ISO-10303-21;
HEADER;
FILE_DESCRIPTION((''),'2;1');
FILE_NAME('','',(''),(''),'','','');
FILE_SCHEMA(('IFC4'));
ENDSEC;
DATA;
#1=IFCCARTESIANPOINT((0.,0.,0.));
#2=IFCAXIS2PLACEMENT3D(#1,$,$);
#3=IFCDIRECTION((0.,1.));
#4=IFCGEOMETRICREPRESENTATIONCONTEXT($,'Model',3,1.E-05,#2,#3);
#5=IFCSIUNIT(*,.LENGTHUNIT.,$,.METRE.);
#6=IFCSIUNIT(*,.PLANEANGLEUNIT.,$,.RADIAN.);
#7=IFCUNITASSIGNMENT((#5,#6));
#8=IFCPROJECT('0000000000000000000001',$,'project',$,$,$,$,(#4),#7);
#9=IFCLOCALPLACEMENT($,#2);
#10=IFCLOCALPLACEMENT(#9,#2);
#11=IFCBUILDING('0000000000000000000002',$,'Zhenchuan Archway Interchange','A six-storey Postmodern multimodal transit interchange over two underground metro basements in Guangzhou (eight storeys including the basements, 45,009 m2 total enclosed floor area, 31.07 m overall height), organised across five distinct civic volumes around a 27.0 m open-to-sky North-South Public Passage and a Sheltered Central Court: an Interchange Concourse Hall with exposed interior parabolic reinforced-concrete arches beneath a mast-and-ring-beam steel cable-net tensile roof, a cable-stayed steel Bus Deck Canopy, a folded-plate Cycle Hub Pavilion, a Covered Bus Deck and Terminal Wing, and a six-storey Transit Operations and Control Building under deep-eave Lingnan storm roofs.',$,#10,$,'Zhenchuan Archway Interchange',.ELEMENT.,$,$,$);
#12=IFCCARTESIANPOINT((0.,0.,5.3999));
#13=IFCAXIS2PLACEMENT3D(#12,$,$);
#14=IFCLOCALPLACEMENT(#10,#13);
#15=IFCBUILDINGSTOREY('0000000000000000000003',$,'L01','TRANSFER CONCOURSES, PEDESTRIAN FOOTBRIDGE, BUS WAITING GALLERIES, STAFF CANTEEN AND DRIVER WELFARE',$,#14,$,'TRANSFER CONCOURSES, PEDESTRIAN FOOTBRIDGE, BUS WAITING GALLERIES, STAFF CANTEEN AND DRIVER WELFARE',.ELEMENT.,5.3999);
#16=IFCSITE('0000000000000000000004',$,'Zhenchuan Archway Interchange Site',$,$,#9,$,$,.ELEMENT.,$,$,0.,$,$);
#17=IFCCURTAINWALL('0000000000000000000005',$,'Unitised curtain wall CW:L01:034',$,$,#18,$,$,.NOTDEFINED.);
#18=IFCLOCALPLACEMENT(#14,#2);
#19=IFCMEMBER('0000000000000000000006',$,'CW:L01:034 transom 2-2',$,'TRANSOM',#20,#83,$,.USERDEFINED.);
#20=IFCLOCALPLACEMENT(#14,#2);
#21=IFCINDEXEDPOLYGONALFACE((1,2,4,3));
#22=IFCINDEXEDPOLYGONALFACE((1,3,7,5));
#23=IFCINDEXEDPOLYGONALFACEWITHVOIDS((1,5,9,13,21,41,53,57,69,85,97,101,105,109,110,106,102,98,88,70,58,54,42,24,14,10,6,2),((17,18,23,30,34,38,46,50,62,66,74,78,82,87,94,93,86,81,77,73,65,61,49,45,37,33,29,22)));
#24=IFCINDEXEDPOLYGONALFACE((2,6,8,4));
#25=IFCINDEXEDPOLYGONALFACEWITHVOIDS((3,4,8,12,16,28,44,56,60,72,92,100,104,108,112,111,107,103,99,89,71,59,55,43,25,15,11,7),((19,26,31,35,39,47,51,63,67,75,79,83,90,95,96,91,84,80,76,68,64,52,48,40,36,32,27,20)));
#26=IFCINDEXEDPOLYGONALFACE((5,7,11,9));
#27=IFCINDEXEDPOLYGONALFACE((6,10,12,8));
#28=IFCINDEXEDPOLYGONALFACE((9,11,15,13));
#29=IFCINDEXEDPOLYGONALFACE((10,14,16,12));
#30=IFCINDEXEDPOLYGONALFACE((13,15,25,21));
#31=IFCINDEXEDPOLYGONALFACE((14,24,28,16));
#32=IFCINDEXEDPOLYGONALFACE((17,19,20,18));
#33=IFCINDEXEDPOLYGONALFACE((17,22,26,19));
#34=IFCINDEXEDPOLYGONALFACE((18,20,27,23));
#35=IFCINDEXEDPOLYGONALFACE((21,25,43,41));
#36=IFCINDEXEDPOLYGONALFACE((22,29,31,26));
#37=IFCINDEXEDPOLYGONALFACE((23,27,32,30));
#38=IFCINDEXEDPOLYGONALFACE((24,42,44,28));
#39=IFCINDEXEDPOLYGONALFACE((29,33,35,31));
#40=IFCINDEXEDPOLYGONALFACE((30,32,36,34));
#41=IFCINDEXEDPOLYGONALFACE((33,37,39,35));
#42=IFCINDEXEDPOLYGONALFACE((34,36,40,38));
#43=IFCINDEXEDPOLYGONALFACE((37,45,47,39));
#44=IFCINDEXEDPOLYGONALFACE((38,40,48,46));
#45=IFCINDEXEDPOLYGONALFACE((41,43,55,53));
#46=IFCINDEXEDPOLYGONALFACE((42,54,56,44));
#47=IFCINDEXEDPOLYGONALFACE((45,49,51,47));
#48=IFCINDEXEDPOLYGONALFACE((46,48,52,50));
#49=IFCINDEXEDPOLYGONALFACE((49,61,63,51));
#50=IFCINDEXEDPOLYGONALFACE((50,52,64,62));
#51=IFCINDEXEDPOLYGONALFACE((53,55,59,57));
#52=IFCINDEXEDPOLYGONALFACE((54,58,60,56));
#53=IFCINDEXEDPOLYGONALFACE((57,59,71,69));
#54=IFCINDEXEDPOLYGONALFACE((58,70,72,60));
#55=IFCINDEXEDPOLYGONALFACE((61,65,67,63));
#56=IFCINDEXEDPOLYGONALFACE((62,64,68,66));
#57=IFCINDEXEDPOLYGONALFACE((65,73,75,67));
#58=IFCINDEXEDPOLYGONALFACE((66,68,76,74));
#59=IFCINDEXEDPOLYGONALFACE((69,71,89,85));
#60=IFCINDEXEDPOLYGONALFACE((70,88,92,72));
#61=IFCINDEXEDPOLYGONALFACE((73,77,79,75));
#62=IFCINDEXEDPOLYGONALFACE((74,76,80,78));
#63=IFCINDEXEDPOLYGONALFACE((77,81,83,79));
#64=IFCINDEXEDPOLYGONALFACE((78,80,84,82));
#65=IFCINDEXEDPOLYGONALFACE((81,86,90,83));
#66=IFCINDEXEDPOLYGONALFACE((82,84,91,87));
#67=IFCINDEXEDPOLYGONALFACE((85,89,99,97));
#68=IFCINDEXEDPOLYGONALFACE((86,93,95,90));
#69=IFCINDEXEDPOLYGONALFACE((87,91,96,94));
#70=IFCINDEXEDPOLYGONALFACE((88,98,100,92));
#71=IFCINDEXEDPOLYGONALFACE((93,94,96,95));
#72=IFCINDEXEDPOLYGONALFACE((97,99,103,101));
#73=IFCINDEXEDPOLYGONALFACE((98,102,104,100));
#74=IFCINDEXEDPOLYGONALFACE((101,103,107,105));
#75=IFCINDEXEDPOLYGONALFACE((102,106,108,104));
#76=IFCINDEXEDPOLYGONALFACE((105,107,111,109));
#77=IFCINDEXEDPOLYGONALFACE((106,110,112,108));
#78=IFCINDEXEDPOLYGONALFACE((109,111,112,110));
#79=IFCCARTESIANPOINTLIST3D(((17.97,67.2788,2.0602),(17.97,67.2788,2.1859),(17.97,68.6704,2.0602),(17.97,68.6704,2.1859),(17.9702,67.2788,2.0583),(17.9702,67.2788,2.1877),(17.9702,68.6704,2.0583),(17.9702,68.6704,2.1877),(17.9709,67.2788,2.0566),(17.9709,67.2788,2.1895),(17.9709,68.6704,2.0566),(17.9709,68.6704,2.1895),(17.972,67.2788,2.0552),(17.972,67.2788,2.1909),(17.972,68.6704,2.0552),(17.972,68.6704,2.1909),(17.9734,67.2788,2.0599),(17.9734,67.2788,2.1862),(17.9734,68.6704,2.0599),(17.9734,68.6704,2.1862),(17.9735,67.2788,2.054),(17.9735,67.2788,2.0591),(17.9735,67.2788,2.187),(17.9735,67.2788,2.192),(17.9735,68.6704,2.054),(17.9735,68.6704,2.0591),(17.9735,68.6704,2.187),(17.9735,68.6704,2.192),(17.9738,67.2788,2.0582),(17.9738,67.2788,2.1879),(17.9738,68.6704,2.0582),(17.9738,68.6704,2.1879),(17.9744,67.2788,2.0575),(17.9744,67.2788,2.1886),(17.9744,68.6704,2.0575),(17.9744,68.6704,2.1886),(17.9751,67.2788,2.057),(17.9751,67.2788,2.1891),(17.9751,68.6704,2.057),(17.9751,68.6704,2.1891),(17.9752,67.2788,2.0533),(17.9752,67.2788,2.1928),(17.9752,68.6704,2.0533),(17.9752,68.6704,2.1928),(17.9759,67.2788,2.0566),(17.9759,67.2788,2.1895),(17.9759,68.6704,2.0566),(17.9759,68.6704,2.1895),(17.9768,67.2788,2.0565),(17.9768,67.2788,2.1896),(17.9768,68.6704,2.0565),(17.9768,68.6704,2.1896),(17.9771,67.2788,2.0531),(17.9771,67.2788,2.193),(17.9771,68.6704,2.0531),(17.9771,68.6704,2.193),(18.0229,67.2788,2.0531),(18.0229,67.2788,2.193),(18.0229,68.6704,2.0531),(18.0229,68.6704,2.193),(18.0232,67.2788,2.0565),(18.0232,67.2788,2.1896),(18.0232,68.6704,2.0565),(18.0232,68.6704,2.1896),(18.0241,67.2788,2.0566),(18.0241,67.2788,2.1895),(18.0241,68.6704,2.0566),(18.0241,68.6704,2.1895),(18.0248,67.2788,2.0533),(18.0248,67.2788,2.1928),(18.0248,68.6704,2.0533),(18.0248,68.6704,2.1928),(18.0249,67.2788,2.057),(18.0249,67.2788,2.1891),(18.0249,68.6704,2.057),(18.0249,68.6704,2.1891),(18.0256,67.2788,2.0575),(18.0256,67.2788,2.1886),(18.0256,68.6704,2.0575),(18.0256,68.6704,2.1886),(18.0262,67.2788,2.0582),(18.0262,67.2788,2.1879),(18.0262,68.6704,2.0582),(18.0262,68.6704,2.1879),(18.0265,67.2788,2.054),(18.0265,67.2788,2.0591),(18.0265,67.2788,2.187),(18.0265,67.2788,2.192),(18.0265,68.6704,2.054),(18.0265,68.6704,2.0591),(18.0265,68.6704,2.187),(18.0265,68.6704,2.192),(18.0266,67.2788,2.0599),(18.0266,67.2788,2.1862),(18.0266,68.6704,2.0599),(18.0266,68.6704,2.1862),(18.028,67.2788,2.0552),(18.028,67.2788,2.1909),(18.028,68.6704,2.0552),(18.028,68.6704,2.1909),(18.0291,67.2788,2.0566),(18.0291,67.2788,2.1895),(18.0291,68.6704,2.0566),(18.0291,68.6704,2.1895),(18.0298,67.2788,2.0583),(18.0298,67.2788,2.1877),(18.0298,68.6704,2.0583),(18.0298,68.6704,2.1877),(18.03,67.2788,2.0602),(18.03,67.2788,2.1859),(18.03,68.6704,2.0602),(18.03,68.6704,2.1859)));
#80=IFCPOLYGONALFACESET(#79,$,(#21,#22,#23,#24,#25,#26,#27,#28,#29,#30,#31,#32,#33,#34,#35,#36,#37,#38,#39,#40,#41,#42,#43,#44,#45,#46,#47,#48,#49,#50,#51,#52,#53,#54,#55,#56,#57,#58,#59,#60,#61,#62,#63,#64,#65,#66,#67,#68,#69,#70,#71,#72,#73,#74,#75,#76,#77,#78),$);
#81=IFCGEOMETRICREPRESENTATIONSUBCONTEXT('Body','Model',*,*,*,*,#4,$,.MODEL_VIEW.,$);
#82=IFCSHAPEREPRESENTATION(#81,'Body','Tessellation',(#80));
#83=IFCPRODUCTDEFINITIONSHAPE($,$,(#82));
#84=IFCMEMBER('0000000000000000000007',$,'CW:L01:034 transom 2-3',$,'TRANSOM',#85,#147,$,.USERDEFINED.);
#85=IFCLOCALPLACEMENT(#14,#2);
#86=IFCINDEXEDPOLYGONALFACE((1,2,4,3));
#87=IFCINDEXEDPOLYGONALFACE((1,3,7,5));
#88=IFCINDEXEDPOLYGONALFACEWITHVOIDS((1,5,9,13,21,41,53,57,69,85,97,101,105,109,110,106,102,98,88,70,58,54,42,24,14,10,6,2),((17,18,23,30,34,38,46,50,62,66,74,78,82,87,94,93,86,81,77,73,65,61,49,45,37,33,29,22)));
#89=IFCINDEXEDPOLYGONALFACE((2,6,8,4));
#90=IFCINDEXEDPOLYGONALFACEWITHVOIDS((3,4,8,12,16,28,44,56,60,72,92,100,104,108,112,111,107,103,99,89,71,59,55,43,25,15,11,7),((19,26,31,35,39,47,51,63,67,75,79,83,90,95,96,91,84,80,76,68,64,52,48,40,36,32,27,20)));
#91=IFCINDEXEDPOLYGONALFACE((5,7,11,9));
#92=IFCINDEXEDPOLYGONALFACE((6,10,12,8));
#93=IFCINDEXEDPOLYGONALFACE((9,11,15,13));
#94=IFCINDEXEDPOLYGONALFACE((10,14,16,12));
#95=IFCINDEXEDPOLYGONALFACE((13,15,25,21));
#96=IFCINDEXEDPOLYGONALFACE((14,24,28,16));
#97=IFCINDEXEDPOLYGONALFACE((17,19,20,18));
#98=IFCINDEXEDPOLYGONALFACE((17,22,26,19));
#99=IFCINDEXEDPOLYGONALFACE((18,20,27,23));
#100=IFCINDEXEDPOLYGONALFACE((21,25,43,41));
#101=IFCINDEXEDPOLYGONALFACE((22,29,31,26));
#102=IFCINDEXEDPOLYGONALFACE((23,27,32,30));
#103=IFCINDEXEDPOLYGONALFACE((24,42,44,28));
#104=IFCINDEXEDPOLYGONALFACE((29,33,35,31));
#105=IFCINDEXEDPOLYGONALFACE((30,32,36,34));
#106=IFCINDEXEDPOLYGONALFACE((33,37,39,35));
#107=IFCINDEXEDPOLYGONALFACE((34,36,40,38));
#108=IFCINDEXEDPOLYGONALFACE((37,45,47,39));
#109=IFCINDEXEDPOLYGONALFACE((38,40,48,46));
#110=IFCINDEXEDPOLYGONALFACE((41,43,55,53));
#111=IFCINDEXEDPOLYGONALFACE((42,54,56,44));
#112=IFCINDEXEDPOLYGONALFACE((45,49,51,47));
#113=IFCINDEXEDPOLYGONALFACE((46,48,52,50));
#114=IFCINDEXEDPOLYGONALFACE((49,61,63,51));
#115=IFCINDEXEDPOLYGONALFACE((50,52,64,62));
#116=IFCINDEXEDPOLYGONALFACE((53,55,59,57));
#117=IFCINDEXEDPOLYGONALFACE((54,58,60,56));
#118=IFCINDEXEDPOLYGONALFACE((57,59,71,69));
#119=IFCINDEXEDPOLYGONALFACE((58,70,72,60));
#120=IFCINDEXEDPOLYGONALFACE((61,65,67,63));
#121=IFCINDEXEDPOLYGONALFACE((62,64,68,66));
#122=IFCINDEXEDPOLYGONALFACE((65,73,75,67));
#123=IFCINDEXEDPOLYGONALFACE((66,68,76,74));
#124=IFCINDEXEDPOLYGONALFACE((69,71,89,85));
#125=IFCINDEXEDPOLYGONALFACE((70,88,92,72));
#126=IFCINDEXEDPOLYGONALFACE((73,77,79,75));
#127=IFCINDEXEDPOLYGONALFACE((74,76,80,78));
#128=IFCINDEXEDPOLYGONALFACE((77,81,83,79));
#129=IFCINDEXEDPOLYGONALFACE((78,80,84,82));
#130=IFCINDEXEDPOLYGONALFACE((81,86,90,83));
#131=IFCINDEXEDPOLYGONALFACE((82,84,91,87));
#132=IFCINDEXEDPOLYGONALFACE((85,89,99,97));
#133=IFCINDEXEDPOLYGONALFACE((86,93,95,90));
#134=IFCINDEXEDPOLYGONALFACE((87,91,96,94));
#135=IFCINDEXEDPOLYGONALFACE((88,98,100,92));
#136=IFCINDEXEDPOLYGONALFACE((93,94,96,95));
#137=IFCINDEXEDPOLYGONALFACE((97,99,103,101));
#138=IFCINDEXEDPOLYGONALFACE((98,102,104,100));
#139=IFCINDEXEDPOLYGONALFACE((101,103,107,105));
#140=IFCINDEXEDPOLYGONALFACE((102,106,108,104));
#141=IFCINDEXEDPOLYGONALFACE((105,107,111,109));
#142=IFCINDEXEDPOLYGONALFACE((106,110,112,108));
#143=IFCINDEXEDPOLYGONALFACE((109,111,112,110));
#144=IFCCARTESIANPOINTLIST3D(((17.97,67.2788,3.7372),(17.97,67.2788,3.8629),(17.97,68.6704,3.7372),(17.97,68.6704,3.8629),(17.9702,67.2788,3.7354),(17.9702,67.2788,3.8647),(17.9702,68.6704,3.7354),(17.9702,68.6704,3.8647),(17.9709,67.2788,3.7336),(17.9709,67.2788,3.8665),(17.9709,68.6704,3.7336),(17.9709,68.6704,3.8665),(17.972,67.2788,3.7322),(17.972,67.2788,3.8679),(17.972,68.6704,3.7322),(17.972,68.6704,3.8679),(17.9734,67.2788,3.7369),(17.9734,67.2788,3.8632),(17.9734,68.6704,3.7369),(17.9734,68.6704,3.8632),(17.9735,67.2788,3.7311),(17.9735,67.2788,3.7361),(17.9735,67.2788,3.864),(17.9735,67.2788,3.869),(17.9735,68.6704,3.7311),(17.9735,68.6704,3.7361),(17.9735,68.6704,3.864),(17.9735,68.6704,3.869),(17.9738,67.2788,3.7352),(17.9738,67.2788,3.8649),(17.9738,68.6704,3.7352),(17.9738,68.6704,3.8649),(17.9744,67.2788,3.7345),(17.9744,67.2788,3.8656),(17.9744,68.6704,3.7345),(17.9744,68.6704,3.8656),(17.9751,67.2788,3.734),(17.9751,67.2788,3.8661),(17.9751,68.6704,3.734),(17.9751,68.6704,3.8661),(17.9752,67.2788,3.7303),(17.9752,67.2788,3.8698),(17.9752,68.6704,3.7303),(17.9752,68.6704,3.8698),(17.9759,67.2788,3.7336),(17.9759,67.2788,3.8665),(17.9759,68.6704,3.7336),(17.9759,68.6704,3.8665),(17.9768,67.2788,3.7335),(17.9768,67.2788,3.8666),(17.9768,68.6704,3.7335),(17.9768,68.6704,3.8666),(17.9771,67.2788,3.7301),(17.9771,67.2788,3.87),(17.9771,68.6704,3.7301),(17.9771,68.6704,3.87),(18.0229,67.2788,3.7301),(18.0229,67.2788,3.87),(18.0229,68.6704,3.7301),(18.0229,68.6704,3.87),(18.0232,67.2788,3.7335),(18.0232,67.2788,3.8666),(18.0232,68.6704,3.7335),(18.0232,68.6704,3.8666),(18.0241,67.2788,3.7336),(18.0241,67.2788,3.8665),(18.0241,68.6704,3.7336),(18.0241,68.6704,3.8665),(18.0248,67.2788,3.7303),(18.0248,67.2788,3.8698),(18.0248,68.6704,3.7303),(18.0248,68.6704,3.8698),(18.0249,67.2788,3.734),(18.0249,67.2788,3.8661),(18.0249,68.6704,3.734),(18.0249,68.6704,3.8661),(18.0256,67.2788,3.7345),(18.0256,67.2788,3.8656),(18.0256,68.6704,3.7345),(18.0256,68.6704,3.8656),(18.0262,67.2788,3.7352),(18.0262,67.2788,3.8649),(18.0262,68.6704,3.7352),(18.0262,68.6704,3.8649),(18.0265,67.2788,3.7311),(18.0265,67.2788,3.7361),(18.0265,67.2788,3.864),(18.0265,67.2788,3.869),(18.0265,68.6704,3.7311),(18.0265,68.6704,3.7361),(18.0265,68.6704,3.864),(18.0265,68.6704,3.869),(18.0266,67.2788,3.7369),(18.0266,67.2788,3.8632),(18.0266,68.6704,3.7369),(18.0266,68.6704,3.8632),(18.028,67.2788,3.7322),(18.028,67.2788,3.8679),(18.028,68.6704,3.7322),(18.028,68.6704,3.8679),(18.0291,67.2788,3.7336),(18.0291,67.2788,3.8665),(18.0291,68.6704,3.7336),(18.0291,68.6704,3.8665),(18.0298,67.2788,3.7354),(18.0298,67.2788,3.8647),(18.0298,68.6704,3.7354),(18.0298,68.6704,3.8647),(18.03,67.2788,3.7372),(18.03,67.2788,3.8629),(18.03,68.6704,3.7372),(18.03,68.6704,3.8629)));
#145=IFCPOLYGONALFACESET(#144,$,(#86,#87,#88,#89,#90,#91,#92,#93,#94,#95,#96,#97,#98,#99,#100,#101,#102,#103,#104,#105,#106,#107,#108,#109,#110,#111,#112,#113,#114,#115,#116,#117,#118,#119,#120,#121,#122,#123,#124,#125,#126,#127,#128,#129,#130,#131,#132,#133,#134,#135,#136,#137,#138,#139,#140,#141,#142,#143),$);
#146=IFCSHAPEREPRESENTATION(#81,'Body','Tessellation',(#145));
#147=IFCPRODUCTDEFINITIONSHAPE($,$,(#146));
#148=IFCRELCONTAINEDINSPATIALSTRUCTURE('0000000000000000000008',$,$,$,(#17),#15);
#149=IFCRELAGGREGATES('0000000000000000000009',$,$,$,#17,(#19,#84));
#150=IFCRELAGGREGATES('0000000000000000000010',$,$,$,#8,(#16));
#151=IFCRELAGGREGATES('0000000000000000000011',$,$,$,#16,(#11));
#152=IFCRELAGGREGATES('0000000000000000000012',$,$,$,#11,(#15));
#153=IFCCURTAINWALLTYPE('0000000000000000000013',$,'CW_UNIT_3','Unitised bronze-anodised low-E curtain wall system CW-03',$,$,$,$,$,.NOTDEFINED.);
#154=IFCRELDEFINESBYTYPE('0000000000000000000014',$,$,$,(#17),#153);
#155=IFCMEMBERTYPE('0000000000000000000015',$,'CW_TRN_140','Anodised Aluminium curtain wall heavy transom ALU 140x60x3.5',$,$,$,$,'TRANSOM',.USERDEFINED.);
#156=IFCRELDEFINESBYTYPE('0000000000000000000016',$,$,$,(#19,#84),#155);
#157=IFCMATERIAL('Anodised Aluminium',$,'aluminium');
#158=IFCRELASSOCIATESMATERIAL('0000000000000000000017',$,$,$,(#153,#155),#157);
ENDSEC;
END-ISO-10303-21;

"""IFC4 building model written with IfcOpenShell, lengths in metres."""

from ifc_helpers import new_model, si_unit, direction, frame, origin, origin_2d, place, context, subcontext, project, spatial, hollow_rectangle, extrude, material, material_profile, profile_set, type_object, element, aggregate, save


model = new_model("IFC4")

# Units and contexts
model_context = context("Model", 3, precision=1e-05, world=origin(), true_north=direction((0.0, 1.0)))
body_context = subcontext(model_context, "Body", "Model", "MODEL_VIEW")
ifc_project = project(units=[si_unit("LENGTHUNIT", "METRE"), si_unit("PLANEANGLEUNIT", "RADIAN")], contexts=[model_context])

# Site, building, storey
site_placement = place(None, origin())
site = spatial("IfcSite", under=ifc_project, at=site_placement, Name="Zhenchuan Archway Interchange Site", CompositionType="ELEMENT", RefElevation=0.0)
building_placement = place(site_placement, origin())
building = spatial("IfcBuilding", under=site, at=building_placement, Name="Zhenchuan Archway Interchange", Description="A six-storey Postmodern multimodal transit interchange over two underground metro basements in Guangzhou (eight storeys including the basements, 45,009 m2 total enclosed floor area, 31.07 m overall height), organised across five distinct civic volumes around a 27.0 m open-to-sky North-South Public Passage and a Sheltered Central Court: an Interchange Concourse Hall with exposed interior parabolic reinforced-concrete arches beneath a mast-and-ring-beam steel cable-net tensile roof, a cable-stayed steel Bus Deck Canopy, a folded-plate Cycle Hub Pavilion, a Covered Bus Deck and Terminal Wing, and a six-storey Transit Operations and Control Building under deep-eave Lingnan storm roofs.", LongName="Zhenchuan Archway Interchange", CompositionType="ELEMENT")
storey_placement = place(building_placement, frame((0.0, 0.0, 5.3999)))
storey = spatial("IfcBuildingStorey", under=building, at=storey_placement, Name="L01", Description="TRANSFER CONCOURSES, PEDESTRIAN FOOTBRIDGE, BUS WAITING GALLERIES, STAFF CANTEEN AND DRIVER WELFARE", LongName="TRANSFER CONCOURSES, PEDESTRIAN FOOTBRIDGE, BUS WAITING GALLERIES, STAFF CANTEEN AND DRIVER WELFARE", CompositionType="ELEMENT", Elevation=5.3999)

# Curtain wall
ifc_material_1 = material(Name="Anodised Aluminium", Category="aluminium")
curtain_wall_type_1 = type_object("IfcCurtainWallType", Name="CW_UNIT_3", Description="Unitised bronze-anodised low-E curtain wall system CW-03", PredefinedType="NOTDEFINED", material=ifc_material_1)
curtain_wall_1_placement = place(storey_placement, origin())
curtain_wall_1 = element("IfcCurtainWall", 1, at=curtain_wall_1_placement, inside=storey, type_object=curtain_wall_type_1, Name="Unitised curtain wall CW:L01:034", PredefinedType="NOTDEFINED")

# Members
ifc_material_profile_1 = material_profile(ifc_material_1, hollow_rectangle(XDim=0.0601, YDim=0.1399, WallThickness=0.0034, InnerFilletRadius=0.0034, OuterFilletRadius=0.0071, at=origin_2d()), Name="ALU 140x60x3.5")
ifc_profile_set_1 = profile_set([ifc_material_profile_1], Name="Anodised Aluminium")
member_type_1 = type_object("IfcMemberType", Name="CW_TRN_140", Description="Anodised Aluminium curtain wall heavy transom ALU 140x60x3.5", ElementType="TRANSOM", PredefinedType="USERDEFINED", material=ifc_profile_set_1)
member_1_placement = place(storey_placement, frame((18.0, 67.2788, 2.123), z_axis=(0.0, 1.0, 0.0), x_axis=(-1.0, 0.0, 0.0)))
member_1 = element("IfcMember", 2, at=member_1_placement, type_object=member_type_1, Name="CW:L01:034 transom 2-2", ObjectType="TRANSOM", PredefinedType="USERDEFINED", context=body_context, shape_type="SweptSolid", body=[
    extrude(hollow_rectangle(XDim=0.0601, YDim=0.1399, WallThickness=0.0034, InnerFilletRadius=0.0034, OuterFilletRadius=0.0071, at=origin_2d()), origin(), (0.0, 0.0, 1.0), 1.3916),
])
member_2_placement = place(storey_placement, frame((18.0, 67.2788, 3.8), z_axis=(0.0, 1.0, 0.0), x_axis=(-1.0, 0.0, 0.0)))
member_2 = element("IfcMember", 3, at=member_2_placement, type_object=member_type_1, Name="CW:L01:034 transom 2-3", ObjectType="TRANSOM", PredefinedType="USERDEFINED", context=body_context, shape_type="SweptSolid", body=[
    extrude(hollow_rectangle(XDim=0.0601, YDim=0.1399, WallThickness=0.0034, InnerFilletRadius=0.0034, OuterFilletRadius=0.0071, at=origin_2d()), origin(), (0.0, 0.0, 1.0), 1.3916),
])

aggregate(curtain_wall_1, [member_1, member_2])

save(model, "model.ifc")
